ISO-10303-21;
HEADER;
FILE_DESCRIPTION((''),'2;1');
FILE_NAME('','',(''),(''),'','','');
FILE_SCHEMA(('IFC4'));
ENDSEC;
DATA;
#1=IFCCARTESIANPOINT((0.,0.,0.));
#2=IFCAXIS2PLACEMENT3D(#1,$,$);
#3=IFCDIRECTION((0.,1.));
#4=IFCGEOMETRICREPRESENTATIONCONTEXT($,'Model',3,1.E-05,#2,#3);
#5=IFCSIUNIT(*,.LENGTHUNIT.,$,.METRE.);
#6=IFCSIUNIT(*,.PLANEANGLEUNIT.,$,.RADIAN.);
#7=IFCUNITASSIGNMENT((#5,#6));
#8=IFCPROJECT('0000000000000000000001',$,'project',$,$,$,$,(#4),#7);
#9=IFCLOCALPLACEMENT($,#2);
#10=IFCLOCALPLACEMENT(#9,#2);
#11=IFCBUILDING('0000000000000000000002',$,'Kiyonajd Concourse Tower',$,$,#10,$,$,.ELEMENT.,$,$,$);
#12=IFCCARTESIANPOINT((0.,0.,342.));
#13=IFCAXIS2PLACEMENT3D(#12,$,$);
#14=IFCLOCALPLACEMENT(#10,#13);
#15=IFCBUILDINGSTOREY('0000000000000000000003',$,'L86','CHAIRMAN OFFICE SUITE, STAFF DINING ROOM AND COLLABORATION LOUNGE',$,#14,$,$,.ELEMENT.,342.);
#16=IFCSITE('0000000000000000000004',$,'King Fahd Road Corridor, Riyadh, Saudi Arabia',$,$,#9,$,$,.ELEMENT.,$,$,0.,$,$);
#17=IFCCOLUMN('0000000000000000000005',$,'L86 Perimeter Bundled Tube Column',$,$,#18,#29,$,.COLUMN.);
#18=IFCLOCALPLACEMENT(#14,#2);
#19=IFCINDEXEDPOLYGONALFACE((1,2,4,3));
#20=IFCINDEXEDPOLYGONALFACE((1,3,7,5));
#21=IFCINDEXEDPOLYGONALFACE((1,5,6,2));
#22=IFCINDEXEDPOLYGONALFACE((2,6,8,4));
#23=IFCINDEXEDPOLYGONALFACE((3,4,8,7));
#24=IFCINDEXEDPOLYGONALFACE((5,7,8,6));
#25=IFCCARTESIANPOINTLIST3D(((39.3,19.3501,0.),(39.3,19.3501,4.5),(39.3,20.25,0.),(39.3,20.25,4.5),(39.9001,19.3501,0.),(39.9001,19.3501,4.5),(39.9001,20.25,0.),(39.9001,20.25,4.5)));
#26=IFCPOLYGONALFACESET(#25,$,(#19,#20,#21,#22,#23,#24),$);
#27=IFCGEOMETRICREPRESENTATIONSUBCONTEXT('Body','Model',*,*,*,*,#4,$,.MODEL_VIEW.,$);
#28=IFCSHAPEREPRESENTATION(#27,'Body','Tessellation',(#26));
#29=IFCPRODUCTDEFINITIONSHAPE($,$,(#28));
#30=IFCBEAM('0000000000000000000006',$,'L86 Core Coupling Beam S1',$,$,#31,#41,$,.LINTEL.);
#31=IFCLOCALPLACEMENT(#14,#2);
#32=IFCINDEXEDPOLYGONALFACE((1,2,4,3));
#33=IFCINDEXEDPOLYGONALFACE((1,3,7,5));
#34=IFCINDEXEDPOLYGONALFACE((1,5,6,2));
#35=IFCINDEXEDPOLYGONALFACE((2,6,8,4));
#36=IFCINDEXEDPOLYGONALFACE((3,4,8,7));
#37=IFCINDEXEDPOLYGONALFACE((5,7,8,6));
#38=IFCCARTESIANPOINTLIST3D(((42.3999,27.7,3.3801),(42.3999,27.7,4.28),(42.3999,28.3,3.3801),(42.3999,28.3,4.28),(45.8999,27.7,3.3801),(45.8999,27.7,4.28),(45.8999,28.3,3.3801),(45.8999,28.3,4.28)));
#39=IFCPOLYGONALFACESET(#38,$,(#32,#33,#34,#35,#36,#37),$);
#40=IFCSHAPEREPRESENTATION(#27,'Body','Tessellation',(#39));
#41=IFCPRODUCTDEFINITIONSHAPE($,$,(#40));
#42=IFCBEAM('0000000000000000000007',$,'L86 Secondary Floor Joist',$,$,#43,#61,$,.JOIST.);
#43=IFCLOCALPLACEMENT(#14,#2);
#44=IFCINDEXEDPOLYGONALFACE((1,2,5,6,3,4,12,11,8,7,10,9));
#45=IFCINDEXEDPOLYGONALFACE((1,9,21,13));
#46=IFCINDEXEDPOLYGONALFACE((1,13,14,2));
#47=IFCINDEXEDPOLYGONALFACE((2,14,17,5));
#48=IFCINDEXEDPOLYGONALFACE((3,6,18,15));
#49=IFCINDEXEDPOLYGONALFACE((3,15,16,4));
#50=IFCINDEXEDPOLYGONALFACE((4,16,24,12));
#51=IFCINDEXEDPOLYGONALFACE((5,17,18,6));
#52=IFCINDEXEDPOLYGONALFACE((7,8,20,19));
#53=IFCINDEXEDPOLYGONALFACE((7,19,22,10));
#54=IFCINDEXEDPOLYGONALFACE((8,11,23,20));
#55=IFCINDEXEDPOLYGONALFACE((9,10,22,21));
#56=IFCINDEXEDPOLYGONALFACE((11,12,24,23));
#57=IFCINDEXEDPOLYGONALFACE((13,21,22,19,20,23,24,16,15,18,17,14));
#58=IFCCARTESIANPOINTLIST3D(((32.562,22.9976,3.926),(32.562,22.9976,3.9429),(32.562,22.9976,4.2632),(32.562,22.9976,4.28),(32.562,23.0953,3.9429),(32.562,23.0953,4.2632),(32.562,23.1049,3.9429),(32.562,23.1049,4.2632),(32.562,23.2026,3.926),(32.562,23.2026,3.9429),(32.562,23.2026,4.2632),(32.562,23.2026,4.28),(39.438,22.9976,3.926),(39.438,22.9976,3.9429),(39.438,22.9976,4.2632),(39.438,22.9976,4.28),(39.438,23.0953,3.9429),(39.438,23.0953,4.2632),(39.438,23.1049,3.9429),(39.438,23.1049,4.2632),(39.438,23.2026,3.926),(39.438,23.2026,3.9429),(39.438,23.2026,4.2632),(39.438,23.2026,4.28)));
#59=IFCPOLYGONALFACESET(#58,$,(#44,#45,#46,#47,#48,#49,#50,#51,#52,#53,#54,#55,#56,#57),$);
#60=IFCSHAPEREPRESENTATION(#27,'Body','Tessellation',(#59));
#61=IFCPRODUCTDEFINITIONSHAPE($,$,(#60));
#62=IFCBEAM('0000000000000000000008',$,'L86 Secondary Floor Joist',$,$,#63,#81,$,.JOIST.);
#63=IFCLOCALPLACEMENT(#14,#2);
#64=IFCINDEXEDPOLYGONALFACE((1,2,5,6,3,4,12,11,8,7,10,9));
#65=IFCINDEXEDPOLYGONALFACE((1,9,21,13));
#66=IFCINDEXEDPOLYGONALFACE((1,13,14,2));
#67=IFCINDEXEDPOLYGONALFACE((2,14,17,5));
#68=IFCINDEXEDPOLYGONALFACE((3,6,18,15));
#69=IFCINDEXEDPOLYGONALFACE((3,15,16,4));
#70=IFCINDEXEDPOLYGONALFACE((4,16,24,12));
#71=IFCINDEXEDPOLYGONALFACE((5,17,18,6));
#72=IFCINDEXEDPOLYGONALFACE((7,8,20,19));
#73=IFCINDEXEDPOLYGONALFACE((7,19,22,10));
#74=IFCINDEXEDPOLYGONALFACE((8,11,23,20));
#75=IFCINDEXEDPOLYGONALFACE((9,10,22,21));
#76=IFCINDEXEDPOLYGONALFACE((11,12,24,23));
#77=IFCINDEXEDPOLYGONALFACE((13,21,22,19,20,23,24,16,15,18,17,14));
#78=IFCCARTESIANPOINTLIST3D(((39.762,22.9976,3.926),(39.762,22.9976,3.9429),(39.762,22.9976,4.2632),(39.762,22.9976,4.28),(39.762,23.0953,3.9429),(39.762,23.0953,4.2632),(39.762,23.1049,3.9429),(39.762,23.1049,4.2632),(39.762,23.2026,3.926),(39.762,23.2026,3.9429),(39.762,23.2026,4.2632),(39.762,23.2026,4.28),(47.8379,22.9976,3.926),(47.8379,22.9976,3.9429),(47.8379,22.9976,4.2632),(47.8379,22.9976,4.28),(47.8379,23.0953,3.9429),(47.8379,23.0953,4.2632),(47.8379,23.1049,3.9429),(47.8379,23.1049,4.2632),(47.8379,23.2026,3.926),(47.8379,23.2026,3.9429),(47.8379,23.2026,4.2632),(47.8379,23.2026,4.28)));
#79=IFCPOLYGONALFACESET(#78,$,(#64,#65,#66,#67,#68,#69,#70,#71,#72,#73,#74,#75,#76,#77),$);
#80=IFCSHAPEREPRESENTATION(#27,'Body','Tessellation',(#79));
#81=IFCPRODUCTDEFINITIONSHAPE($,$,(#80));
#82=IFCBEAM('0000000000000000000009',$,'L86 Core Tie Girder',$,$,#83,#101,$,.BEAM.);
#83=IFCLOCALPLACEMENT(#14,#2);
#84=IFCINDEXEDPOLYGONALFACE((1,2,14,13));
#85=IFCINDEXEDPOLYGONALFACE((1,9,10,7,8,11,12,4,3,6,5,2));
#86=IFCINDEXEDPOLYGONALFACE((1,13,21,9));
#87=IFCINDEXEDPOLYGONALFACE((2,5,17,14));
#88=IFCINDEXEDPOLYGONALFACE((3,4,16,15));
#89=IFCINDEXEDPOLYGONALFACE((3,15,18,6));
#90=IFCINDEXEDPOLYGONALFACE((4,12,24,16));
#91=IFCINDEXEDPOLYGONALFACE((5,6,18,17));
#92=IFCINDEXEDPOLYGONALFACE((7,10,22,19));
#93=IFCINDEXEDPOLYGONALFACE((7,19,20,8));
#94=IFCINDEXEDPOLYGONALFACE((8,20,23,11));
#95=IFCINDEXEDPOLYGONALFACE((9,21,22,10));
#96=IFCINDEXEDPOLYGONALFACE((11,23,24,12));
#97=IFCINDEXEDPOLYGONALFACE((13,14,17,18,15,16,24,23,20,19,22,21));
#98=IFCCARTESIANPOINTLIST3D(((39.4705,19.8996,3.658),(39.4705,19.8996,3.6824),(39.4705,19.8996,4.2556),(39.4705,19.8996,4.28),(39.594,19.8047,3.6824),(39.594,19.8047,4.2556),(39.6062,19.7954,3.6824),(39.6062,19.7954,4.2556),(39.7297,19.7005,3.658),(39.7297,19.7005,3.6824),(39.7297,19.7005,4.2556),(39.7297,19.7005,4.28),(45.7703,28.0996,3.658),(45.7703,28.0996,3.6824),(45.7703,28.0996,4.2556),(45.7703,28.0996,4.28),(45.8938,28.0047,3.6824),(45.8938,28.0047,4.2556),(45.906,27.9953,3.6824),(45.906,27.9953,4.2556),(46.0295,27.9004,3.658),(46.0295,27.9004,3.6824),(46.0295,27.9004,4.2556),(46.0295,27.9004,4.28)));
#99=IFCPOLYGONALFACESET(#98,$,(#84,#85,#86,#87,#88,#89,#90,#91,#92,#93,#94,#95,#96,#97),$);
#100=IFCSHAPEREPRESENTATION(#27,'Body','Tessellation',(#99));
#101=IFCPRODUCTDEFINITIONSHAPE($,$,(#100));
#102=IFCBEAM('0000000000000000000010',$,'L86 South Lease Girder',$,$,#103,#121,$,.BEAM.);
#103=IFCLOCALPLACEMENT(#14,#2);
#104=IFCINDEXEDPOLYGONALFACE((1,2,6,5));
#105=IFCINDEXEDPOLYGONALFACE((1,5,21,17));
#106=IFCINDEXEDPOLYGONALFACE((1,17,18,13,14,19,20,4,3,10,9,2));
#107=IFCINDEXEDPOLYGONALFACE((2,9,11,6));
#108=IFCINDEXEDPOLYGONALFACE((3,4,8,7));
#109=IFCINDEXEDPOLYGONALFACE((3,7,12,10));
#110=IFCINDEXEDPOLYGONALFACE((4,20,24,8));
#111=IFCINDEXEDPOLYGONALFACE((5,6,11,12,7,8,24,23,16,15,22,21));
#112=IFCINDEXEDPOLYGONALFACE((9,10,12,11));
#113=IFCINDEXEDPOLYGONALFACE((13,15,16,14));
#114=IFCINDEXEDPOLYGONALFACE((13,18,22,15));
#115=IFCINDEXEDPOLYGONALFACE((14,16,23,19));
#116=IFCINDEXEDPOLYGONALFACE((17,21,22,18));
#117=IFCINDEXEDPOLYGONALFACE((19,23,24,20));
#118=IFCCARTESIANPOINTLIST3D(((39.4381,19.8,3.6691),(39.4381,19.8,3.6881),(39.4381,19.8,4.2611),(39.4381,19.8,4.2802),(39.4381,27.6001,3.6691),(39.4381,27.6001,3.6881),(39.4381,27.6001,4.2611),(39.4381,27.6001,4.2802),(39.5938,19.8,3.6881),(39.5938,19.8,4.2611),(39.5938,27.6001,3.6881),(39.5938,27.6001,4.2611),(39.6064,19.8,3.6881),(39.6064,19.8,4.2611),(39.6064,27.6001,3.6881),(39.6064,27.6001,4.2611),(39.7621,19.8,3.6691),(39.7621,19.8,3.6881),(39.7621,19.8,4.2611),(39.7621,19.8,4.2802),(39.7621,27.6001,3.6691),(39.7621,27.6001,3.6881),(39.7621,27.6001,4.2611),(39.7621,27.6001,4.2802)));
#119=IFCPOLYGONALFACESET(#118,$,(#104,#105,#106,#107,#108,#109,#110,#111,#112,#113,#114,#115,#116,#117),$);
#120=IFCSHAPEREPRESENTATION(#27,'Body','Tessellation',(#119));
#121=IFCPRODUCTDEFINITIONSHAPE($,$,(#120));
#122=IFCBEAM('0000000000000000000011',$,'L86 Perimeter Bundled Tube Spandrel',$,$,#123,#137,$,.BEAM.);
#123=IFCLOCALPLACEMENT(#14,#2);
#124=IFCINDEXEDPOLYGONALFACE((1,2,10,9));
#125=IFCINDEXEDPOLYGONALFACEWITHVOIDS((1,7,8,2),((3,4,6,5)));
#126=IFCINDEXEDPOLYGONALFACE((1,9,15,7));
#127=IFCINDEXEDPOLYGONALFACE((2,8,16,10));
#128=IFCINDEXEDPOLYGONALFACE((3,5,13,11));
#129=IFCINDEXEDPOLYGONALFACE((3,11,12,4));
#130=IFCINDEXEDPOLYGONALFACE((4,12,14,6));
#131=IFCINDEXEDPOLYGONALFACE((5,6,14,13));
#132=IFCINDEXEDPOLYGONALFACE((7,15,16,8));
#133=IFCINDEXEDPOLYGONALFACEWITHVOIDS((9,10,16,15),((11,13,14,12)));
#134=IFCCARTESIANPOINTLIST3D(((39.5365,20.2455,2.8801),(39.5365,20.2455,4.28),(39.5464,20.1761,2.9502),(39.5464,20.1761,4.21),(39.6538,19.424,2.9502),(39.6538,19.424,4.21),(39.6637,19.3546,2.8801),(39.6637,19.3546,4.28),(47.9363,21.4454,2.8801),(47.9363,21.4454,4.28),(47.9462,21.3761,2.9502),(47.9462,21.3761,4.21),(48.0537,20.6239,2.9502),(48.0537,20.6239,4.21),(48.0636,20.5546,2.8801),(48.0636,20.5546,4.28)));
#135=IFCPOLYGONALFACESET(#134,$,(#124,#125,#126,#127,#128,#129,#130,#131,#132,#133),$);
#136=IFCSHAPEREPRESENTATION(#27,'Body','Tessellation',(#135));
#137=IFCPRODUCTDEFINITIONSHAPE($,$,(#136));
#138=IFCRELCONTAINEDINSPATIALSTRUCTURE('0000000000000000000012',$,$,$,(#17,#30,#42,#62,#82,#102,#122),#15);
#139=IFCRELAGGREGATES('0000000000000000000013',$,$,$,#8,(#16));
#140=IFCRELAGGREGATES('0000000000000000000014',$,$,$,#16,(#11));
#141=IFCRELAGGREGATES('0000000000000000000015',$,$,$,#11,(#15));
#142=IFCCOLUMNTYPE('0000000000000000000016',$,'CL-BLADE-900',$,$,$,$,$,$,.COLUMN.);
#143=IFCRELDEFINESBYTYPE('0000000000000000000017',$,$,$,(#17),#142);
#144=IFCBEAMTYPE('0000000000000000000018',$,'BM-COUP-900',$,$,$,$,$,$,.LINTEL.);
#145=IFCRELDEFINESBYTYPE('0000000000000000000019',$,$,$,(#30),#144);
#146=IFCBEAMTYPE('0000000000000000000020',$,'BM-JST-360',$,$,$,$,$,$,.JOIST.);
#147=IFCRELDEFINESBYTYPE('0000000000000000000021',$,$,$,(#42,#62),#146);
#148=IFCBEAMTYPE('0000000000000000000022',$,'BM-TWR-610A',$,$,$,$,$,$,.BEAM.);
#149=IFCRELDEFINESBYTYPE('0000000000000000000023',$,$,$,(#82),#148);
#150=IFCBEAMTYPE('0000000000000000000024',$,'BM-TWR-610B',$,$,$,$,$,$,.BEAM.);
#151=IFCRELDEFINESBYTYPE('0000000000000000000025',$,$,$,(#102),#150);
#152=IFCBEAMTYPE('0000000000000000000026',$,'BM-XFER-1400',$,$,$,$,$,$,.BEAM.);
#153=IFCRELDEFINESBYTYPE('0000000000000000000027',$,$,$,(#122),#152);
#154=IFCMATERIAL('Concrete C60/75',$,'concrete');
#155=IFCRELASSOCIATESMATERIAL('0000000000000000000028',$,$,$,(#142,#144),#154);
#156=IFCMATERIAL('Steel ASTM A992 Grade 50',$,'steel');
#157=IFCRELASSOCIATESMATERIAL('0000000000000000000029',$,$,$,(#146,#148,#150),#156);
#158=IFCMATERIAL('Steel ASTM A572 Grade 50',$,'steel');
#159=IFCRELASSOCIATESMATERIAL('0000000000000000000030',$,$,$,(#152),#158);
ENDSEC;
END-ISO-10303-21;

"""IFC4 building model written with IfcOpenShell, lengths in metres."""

from ifc_helpers import new_model, si_unit, direction, frame, origin, origin_2d, place, context, subcontext, project, spatial, rectangle, hollow_rectangle, i_section, extrude, material, material_profile, profile_set, type_object, element, save


model = new_model("IFC4")

# Units and contexts
model_context = context("Model", 3, precision=1e-05, world=origin(), true_north=direction((0.0, 1.0)))
body_context = subcontext(model_context, "Body", "Model", "MODEL_VIEW")
ifc_project = project(units=[si_unit("LENGTHUNIT", "METRE"), si_unit("PLANEANGLEUNIT", "RADIAN")], contexts=[model_context])

# Site, building, storey
site_placement = place(None, origin())
site = spatial("IfcSite", under=ifc_project, at=site_placement, Name="King Fahd Road Corridor, Riyadh, Saudi Arabia", CompositionType="ELEMENT", RefElevation=0.0)
building_placement = place(site_placement, origin())
building = spatial("IfcBuilding", under=site, at=building_placement, Name="Kiyonajd Concourse Tower", CompositionType="ELEMENT")
storey_placement = place(building_placement, frame((0.0, 0.0, 342.0)))
storey = spatial("IfcBuildingStorey", under=building, at=storey_placement, Name="L86", Description="CHAIRMAN OFFICE SUITE, STAFF DINING ROOM AND COLLABORATION LOUNGE", CompositionType="ELEMENT", Elevation=342.0)

# Column
ifc_material_1 = material(Name="Concrete C60/75", Category="concrete")
ifc_material_profile_1 = material_profile(ifc_material_1, rectangle(XDim=0.6001, YDim=0.8999, at=origin_2d()), Name="RC-900x600")
ifc_profile_set_1 = profile_set([ifc_material_profile_1], Name="Concrete C60/75")
column_type = type_object("IfcColumnType", Name="CL-BLADE-900", PredefinedType="COLUMN", material=ifc_profile_set_1)
column_placement = place(storey_placement, frame((39.6001, 19.8, 0.0), z_axis=(0.0, 0.0, 1.0), x_axis=(1.0, 0.0, 0.0)))
element("IfcColumn", 1, at=column_placement, inside=storey, type_object=column_type, Name="L86 Perimeter Bundled Tube Column", PredefinedType="COLUMN", context=body_context, shape_type="SweptSolid", body=[
    extrude(rectangle(XDim=0.6001, YDim=0.8999, at=origin_2d()), origin(), (0.0, 0.0, 1.0), 4.5),
])

# Beams
ifc_material_profile_2 = material_profile(ifc_material_1, rectangle(XDim=0.6001, YDim=0.8999, at=origin_2d()), Name="RCBM-600x900")
ifc_profile_set_2 = profile_set([ifc_material_profile_2], Name="Concrete C60/75")
beam_type_1 = type_object("IfcBeamType", Name="BM-COUP-900", PredefinedType="LINTEL", material=ifc_profile_set_2)
beam_1_placement = place(storey_placement, frame((42.3999, 28.0, 3.8301), z_axis=(1.0, 0.0, 0.0), x_axis=(0.0, 1.0, 0.0)))
element("IfcBeam", 2, at=beam_1_placement, inside=storey, type_object=beam_type_1, Name="L86 Core Coupling Beam S1", PredefinedType="LINTEL", context=body_context, shape_type="SweptSolid", body=[
    extrude(rectangle(XDim=0.6001, YDim=0.8999, at=origin_2d()), origin(), (0.0, 0.0, 1.0), 3.5),
])
ifc_material_2 = material(Name="Steel ASTM A992 Grade 50", Category="steel")
ifc_material_profile_3 = material_profile(ifc_material_2, i_section(OverallWidth=0.2051, OverallDepth=0.354, WebThickness=0.0095, FlangeThickness=0.0168, at=origin_2d()), Name="W360X79")
ifc_profile_set_3 = profile_set([ifc_material_profile_3], Name="Steel ASTM A992 Grade 50")
beam_type_2 = type_object("IfcBeamType", Name="BM-JST-360", PredefinedType="JOIST", material=ifc_profile_set_3)
beam_2_placement = place(storey_placement, frame((32.562, 23.1001, 4.103), z_axis=(1.0, 0.0, 0.0), x_axis=(0.0, 1.0, 0.0)))
element("IfcBeam", 3, at=beam_2_placement, inside=storey, type_object=beam_type_2, Name="L86 Secondary Floor Joist", PredefinedType="JOIST", context=body_context, shape_type="SweptSolid", body=[
    extrude(i_section(OverallWidth=0.2051, OverallDepth=0.354, WebThickness=0.0095, FlangeThickness=0.0168, at=origin_2d()), origin(), (0.0, 0.0, 1.0), 6.876),
])
beam_3_placement = place(storey_placement, frame((39.762, 23.1001, 4.103), z_axis=(1.0, 0.0, 0.0), x_axis=(0.0, 1.0, 0.0)))
element("IfcBeam", 4, at=beam_3_placement, inside=storey, type_object=beam_type_2, Name="L86 Secondary Floor Joist", PredefinedType="JOIST", context=body_context, shape_type="SweptSolid", body=[
    extrude(i_section(OverallWidth=0.2051, OverallDepth=0.354, WebThickness=0.0095, FlangeThickness=0.0168, at=origin_2d()), origin(), (0.0, 0.0, 1.0), 8.0759),
])
ifc_material_profile_4 = material_profile(ifc_material_2, i_section(OverallWidth=0.3269, OverallDepth=0.6221, WebThickness=0.0154, FlangeThickness=0.0244, at=origin_2d()), Name="W610X195")
ifc_profile_set_4 = profile_set([ifc_material_profile_4], Name="Steel ASTM A992 Grade 50")
beam_type_3 = type_object("IfcBeamType", Name="BM-TWR-610A", PredefinedType="BEAM", material=ifc_profile_set_4)
beam_4_placement = place(storey_placement, frame((39.6001, 19.8, 3.969), z_axis=(0.609234, 0.792991, 0.0), x_axis=(-0.792991, 0.609234, 0.0)))
element("IfcBeam", 5, at=beam_4_placement, inside=storey, type_object=beam_type_3, Name="L86 Core Tie Girder", PredefinedType="BEAM", context=body_context, shape_type="SweptSolid", body=[
    extrude(i_section(OverallWidth=0.3269, OverallDepth=0.6221, WebThickness=0.0154, FlangeThickness=0.0244, at=origin_2d()), origin(), (0.0, 0.0, 1.0), 10.3406),
])
ifc_material_profile_5 = material_profile(ifc_material_2, i_section(OverallWidth=0.324, OverallDepth=0.6111, WebThickness=0.0127, FlangeThickness=0.019, at=origin_2d()), Name="W610X155")
ifc_profile_set_5 = profile_set([ifc_material_profile_5], Name="Steel ASTM A992 Grade 50")
beam_type_4 = type_object("IfcBeamType", Name="BM-TWR-610B", PredefinedType="BEAM", material=ifc_profile_set_5)
beam_5_placement = place(storey_placement, frame((39.6001, 19.8, 3.9746), z_axis=(0.0, 1.0, 0.0), x_axis=(-1.0, 0.0, 0.0)))
element("IfcBeam", 6, at=beam_5_placement, inside=storey, type_object=beam_type_4, Name="L86 South Lease Girder", PredefinedType="BEAM", context=body_context, shape_type="SweptSolid", body=[
    extrude(i_section(OverallWidth=0.324, OverallDepth=0.6111, WebThickness=0.0127, FlangeThickness=0.019, at=origin_2d()), origin(), (0.0, 0.0, 1.0), 7.8),
])
ifc_material_3 = material(Name="Steel ASTM A572 Grade 50", Category="steel")
ifc_material_profile_6 = material_profile(ifc_material_3, hollow_rectangle(XDim=0.8999, YDim=1.3999, WallThickness=0.0701, at=origin_2d()), Name="BOX-1400x900x70")
ifc_profile_set_6 = profile_set([ifc_material_profile_6], Name="Steel ASTM A572 Grade 50")
beam_type_5 = type_object("IfcBeamType", Name="BM-XFER-1400", PredefinedType="BEAM", material=ifc_profile_set_6)
beam_6_placement = place(storey_placement, frame((39.6001, 19.8, 3.5801), z_axis=(0.98995, 0.141417, 0.0), x_axis=(-0.141417, 0.98995, 0.0)))
element("IfcBeam", 7, at=beam_6_placement, inside=storey, type_object=beam_type_5, Name="L86 Perimeter Bundled Tube Spandrel", PredefinedType="BEAM", context=body_context, shape_type="SweptSolid", body=[
    extrude(hollow_rectangle(XDim=0.8999, YDim=1.3999, WallThickness=0.0701, at=origin_2d()), origin(), (0.0, 0.0, 1.0), 8.4851),
])

save(model, "model.ifc")
